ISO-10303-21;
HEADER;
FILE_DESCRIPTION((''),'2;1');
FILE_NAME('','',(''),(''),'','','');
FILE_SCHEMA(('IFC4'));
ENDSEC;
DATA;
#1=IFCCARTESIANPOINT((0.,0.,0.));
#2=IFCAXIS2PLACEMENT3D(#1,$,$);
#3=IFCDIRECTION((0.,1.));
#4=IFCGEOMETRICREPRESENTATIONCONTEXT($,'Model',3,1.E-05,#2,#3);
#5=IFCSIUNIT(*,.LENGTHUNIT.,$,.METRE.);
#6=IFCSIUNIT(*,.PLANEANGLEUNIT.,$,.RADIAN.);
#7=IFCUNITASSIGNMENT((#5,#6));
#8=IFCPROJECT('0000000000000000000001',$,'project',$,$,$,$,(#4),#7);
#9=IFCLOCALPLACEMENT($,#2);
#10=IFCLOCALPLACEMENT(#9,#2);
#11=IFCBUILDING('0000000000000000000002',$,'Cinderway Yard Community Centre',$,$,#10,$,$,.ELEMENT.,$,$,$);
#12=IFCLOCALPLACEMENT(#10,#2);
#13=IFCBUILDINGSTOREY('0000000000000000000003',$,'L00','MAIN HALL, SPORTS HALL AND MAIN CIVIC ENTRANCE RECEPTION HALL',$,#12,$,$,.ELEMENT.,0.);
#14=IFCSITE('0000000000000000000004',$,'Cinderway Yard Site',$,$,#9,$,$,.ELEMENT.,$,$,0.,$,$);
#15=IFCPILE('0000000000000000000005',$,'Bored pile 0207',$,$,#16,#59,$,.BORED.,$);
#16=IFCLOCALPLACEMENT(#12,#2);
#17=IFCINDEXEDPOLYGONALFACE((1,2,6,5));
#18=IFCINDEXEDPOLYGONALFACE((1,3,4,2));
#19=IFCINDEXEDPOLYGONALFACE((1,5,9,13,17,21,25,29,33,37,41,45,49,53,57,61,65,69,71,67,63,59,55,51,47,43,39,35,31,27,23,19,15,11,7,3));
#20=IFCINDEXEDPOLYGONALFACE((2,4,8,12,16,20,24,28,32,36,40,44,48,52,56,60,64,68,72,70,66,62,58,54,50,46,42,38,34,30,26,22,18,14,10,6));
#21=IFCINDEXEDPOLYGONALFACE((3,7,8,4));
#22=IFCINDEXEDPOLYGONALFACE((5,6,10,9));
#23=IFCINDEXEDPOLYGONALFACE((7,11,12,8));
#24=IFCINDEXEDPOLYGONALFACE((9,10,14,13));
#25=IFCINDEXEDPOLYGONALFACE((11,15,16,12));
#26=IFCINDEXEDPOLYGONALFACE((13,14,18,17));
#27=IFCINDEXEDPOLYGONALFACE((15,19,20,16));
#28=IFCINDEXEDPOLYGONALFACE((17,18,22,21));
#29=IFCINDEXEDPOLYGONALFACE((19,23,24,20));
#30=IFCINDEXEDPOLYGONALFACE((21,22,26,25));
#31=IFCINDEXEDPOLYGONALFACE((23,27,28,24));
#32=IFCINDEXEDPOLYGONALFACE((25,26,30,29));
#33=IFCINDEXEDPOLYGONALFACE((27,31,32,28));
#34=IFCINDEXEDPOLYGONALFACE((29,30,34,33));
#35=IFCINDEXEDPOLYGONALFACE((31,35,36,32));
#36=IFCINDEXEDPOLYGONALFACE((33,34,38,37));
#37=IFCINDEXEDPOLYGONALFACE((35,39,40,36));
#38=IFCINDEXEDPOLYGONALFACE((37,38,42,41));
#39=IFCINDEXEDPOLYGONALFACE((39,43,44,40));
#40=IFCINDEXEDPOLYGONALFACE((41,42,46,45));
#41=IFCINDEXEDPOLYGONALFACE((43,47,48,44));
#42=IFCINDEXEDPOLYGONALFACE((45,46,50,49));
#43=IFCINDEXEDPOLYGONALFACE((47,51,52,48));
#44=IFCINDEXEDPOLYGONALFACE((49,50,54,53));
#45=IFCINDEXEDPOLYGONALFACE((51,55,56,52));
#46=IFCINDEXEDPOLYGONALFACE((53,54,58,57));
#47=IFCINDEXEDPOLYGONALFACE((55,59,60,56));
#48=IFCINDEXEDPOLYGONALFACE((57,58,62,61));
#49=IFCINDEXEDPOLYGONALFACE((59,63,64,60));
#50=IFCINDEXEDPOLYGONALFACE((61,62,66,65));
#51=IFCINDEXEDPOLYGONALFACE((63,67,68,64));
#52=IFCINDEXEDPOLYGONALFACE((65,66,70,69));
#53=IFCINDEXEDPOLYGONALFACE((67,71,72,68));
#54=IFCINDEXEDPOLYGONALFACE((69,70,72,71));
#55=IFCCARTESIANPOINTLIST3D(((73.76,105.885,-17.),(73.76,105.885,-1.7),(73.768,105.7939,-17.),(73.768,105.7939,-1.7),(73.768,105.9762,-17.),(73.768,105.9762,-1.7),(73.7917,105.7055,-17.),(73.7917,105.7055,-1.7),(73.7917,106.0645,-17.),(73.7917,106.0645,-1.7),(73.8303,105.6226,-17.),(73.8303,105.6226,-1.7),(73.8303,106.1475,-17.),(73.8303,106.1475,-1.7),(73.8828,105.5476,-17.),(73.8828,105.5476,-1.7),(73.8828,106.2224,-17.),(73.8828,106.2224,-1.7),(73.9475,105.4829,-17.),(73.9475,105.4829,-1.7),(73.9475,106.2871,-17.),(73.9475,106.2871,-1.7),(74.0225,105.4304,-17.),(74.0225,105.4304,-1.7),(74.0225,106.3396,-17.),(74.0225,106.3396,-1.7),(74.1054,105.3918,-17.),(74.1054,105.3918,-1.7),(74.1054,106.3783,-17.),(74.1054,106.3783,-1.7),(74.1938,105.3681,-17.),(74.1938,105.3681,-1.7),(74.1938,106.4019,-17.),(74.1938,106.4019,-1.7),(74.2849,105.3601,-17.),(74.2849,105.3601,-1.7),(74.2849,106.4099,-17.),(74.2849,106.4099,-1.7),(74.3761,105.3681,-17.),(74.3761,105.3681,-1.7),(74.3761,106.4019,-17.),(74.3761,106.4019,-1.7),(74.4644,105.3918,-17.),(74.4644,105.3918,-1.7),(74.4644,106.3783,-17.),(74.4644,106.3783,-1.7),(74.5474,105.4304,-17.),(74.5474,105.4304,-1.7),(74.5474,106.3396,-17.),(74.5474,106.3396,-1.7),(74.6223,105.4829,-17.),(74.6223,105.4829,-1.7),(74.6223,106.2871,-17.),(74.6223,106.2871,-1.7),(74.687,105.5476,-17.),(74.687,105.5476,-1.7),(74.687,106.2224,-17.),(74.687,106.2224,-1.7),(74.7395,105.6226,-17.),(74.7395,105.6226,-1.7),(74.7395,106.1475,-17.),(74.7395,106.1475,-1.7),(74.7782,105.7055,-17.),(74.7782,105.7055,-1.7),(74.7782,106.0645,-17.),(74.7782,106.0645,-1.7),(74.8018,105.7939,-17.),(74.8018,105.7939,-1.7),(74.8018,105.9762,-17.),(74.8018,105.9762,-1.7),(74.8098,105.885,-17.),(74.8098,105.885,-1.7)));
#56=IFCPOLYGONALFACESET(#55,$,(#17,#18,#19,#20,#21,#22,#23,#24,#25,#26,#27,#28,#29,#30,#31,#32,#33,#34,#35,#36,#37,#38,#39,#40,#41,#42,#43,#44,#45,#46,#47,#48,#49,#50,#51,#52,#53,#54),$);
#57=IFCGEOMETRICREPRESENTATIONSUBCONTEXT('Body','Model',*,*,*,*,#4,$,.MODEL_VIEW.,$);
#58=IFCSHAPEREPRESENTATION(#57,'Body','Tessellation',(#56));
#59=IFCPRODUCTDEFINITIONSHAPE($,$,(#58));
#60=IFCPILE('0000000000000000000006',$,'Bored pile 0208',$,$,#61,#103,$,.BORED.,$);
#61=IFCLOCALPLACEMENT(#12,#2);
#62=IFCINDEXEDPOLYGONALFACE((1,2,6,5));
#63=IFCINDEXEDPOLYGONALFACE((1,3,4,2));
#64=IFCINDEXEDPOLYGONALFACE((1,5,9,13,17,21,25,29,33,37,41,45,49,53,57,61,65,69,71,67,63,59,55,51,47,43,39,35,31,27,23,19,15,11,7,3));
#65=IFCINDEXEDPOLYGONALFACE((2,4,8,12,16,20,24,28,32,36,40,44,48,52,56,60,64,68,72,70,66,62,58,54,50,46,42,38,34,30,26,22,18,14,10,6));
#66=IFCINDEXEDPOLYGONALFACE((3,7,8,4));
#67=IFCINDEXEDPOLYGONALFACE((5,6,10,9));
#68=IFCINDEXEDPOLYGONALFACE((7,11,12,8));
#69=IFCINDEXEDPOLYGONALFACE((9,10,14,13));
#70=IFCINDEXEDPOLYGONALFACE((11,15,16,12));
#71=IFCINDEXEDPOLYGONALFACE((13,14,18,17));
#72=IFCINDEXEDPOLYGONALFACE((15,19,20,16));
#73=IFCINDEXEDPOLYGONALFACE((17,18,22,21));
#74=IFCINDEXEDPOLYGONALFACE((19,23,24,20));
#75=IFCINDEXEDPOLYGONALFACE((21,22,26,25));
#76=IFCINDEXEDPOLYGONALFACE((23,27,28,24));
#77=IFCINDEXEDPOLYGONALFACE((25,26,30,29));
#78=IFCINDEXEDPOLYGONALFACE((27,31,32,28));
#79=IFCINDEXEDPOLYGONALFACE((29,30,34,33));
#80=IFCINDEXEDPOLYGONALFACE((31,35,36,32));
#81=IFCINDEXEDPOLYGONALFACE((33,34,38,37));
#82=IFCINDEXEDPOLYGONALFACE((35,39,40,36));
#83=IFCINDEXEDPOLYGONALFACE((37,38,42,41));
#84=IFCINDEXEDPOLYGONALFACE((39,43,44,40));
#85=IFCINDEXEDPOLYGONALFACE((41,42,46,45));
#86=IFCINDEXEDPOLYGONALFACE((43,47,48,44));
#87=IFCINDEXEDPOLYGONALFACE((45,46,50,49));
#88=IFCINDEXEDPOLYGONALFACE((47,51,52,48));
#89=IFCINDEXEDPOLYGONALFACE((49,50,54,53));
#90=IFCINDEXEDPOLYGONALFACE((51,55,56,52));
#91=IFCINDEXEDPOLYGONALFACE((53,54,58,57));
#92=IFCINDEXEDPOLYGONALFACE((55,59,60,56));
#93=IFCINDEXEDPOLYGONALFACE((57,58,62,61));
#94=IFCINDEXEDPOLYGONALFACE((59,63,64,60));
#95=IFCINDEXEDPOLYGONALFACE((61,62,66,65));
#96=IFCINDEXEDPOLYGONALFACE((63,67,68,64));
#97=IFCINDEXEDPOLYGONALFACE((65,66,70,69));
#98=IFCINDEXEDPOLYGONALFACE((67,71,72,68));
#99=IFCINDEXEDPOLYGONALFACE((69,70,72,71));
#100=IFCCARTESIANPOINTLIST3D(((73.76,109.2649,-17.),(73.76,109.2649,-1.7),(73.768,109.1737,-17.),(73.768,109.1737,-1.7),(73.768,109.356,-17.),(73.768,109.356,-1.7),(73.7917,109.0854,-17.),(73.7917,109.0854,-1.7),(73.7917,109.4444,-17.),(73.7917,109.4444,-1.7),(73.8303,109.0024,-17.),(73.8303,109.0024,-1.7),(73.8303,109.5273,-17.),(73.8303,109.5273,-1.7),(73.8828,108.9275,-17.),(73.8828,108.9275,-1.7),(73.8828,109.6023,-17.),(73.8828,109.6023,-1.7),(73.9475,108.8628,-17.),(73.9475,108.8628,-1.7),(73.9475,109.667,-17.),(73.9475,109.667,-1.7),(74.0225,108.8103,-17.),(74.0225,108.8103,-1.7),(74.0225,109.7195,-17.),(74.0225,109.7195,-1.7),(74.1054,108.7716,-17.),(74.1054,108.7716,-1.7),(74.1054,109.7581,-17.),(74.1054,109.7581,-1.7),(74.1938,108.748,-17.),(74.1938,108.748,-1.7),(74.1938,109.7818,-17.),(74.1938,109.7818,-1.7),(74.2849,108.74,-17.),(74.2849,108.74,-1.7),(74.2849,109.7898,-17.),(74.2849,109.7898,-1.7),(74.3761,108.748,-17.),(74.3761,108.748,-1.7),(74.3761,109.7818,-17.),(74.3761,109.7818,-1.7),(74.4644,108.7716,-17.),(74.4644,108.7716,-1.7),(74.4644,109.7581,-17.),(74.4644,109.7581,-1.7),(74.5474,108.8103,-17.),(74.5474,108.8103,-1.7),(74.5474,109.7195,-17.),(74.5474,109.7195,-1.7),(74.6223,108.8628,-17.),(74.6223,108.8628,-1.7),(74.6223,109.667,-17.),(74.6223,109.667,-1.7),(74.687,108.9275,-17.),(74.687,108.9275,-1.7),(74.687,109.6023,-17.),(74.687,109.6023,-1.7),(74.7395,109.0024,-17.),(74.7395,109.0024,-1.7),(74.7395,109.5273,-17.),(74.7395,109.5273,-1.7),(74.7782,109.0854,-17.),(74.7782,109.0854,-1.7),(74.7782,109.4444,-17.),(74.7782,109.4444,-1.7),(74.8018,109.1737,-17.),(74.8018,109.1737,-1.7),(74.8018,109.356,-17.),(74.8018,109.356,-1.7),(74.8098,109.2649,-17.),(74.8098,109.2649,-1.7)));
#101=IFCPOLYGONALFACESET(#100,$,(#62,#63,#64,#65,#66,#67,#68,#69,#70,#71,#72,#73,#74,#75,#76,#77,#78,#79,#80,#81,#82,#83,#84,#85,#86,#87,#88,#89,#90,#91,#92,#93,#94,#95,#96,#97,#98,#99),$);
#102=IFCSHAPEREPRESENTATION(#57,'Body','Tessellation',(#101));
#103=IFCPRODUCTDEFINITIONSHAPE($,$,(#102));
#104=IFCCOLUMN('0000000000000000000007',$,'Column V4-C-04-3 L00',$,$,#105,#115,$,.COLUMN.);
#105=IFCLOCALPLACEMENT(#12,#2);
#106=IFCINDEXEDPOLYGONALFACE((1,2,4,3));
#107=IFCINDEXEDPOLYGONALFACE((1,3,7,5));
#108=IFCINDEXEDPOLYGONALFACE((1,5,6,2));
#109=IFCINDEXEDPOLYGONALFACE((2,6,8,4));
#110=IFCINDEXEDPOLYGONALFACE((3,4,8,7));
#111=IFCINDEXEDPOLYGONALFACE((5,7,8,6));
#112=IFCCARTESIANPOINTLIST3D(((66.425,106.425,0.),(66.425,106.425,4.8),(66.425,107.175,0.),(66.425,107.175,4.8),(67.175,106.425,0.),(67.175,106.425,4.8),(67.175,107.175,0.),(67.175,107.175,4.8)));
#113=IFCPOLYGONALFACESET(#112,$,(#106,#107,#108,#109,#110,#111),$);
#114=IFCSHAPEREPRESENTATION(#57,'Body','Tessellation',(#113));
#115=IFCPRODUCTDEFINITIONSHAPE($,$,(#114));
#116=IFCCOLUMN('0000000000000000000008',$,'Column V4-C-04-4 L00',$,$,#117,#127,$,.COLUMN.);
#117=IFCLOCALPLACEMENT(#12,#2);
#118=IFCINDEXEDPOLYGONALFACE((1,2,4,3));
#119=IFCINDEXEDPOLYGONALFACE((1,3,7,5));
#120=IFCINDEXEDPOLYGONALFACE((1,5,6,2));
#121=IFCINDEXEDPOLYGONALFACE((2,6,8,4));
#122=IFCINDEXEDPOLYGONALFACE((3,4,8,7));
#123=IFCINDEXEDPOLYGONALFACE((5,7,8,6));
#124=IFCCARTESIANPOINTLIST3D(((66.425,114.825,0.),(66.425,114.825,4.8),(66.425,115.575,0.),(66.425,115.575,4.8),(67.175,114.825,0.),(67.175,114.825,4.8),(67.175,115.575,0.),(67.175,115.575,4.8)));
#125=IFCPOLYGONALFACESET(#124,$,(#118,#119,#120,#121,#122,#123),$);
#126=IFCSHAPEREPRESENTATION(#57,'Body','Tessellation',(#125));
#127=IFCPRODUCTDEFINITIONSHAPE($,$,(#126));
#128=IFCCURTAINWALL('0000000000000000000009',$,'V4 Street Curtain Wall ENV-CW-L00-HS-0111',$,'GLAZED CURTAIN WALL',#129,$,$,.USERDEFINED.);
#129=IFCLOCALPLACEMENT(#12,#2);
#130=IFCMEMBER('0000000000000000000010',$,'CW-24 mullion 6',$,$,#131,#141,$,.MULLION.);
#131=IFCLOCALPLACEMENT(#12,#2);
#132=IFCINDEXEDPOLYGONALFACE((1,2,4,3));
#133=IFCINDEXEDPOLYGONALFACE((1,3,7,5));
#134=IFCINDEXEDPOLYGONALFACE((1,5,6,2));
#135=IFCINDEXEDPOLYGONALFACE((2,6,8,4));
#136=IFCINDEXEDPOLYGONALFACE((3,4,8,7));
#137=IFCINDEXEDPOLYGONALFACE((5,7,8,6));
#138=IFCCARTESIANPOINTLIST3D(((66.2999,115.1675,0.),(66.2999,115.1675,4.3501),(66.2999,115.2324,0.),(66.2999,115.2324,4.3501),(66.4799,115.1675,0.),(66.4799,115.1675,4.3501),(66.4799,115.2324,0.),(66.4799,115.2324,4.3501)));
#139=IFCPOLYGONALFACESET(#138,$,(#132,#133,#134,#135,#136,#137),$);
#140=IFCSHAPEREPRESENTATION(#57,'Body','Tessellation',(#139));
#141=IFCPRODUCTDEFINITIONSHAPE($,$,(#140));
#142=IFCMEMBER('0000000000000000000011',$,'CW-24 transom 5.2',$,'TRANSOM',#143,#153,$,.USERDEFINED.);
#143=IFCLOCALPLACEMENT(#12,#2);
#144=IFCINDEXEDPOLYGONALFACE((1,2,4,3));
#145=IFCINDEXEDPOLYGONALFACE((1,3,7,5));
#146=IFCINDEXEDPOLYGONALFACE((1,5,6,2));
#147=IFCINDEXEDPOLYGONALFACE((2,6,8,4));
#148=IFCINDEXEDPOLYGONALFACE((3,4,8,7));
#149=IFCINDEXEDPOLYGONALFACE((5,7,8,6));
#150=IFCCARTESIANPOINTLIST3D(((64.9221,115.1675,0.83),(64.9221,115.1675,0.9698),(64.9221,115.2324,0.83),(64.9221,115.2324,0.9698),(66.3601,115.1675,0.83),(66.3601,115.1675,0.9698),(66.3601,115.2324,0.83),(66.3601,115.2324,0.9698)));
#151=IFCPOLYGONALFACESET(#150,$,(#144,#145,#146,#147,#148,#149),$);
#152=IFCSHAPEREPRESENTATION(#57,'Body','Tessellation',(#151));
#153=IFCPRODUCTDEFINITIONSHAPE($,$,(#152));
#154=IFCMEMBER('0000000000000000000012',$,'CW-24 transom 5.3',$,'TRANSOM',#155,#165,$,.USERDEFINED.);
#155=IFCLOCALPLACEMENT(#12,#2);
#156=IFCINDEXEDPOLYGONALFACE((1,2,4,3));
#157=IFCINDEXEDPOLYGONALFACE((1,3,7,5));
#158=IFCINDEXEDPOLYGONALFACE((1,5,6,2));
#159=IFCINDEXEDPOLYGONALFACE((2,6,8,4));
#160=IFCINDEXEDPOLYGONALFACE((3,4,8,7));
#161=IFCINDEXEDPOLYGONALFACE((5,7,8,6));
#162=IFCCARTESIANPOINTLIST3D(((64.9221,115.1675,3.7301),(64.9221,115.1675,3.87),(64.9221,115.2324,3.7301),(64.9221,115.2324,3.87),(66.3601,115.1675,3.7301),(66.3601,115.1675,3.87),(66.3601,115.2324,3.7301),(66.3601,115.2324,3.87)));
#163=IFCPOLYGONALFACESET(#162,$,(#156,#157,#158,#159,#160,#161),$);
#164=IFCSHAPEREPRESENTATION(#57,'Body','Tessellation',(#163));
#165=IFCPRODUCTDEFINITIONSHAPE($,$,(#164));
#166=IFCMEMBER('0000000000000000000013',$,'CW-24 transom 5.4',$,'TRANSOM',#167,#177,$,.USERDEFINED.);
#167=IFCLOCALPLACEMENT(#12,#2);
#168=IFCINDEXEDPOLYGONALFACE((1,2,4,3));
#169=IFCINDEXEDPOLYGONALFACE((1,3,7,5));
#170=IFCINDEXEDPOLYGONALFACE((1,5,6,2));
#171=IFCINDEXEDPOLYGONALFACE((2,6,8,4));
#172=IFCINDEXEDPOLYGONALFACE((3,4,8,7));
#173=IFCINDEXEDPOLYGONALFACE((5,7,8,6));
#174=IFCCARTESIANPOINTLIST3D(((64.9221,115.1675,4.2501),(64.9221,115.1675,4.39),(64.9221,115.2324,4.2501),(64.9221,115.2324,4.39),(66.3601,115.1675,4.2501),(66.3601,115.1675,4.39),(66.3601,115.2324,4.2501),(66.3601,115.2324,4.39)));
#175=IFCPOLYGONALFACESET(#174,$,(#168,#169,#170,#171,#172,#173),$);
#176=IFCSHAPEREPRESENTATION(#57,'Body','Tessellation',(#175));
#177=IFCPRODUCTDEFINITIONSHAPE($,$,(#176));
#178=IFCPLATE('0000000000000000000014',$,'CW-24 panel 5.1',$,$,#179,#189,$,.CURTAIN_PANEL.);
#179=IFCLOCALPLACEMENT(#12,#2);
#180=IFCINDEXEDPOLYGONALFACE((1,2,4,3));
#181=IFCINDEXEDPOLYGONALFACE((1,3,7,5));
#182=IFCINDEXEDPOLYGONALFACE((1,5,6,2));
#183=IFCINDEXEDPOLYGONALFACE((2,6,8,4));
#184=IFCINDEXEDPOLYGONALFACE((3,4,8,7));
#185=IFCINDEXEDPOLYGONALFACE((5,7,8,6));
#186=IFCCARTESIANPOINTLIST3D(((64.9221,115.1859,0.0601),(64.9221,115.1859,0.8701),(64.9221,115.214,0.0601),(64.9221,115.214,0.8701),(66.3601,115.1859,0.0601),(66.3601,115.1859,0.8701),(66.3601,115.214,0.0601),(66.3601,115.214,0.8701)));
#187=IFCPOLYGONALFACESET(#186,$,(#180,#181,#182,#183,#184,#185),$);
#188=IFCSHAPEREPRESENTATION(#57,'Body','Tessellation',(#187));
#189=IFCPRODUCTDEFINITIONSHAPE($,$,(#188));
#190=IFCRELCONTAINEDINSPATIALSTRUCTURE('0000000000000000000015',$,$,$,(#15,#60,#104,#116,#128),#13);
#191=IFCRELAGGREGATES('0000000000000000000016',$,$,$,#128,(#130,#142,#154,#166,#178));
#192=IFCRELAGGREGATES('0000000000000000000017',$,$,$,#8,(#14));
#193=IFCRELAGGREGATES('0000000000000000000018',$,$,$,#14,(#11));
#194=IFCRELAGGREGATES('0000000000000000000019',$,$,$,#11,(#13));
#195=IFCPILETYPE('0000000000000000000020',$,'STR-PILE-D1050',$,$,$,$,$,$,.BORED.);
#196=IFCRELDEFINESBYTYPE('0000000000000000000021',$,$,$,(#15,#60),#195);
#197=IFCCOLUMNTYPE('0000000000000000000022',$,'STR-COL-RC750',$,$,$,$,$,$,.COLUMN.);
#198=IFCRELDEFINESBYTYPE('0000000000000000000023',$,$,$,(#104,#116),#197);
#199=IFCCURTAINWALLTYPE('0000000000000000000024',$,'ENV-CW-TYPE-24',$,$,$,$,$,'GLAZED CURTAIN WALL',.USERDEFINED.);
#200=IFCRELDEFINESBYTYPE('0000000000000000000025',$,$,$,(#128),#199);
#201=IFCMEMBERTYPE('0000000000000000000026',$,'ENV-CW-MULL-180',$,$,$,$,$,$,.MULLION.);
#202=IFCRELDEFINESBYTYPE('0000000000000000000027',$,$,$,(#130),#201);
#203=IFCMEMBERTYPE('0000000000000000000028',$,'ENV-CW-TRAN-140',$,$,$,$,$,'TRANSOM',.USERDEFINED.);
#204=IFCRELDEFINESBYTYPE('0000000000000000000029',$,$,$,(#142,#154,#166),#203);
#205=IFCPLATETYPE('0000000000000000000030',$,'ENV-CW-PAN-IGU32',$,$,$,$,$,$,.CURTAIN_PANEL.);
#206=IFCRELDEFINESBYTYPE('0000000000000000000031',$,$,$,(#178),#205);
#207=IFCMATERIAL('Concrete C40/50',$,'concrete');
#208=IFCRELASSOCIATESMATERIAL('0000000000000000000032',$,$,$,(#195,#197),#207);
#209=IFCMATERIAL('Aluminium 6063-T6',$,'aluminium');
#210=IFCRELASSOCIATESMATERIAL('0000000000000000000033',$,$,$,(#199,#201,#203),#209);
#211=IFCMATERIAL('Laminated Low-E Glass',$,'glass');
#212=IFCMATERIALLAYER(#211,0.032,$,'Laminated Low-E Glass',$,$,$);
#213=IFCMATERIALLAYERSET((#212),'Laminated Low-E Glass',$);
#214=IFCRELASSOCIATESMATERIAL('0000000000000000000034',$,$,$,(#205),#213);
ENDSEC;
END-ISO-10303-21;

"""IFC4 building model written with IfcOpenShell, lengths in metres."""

from ifc_helpers import new_model, si_unit, direction, frame, origin, origin_2d, place, context, subcontext, project, spatial, rectangle, circle, extrude, material, layer, layer_set, material_profile, profile_set, type_object, element, aggregate, save


model = new_model("IFC4")

# Units and contexts
model_context = context("Model", 3, precision=1e-05, world=origin(), true_north=direction((0.0, 1.0)))
body_context = subcontext(model_context, "Body", "Model", "MODEL_VIEW")
ifc_project = project(units=[si_unit("LENGTHUNIT", "METRE"), si_unit("PLANEANGLEUNIT", "RADIAN")], contexts=[model_context])

# Site, building, storey
site_placement = place(None, origin())
site = spatial("IfcSite", under=ifc_project, at=site_placement, Name="Cinderway Yard Site", CompositionType="ELEMENT", RefElevation=0.0)
building_placement = place(site_placement, origin())
building = spatial("IfcBuilding", under=site, at=building_placement, Name="Cinderway Yard Community Centre", CompositionType="ELEMENT")
storey_placement = place(building_placement, origin())
storey = spatial("IfcBuildingStorey", under=building, at=storey_placement, Name="L00", Description="MAIN HALL, SPORTS HALL AND MAIN CIVIC ENTRANCE RECEPTION HALL", CompositionType="ELEMENT", Elevation=0.0)

# Shared definitions
ifc_material_1 = material(Name="Concrete C40/50", Category="concrete")

# Piles
ifc_material_profile_1 = material_profile(ifc_material_1, circle(Radius=0.5249, at=origin_2d()), Name="Concrete C40/50")
ifc_profile_set_1 = profile_set([ifc_material_profile_1], Name="Concrete C40/50")
pile_type = type_object("IfcPileType", Name="STR-PILE-D1050", PredefinedType="BORED", material=ifc_profile_set_1)
for number, where, z_axis, x_axis, name in (
    (1, (74.2849, 105.885, -1.7), (0.0, 0.0, -1.0), (1.0, 0.0, 0.0), "Bored pile 0207"),
    (2, (74.2849, 109.2649, -1.7), (0.0, 0.0, -1.0), (1.0, 0.0, 0.0), "Bored pile 0208"),
):
    element("IfcPile", number, at=place(storey_placement, frame(where, z_axis=z_axis, x_axis=x_axis)), inside=storey, type_object=pile_type, Name=name, PredefinedType="BORED", context=body_context, shape_type="SweptSolid", body=[
        extrude(circle(Radius=0.5249, at=origin_2d()), origin(), (0.0, 0.0, 1.0), 15.3),
    ])

# Columns
ifc_material_profile_2 = material_profile(ifc_material_1, rectangle(XDim=0.75, YDim=0.75, at=origin_2d()), Name="Concrete C40/50")
ifc_profile_set_2 = profile_set([ifc_material_profile_2], Name="Concrete C40/50")
column_type = type_object("IfcColumnType", Name="STR-COL-RC750", PredefinedType="COLUMN", material=ifc_profile_set_2)
for number, where, z_axis, x_axis, name in (
    (3, (66.8, 106.8, 0.0), (0.0, 0.0, 1.0), (1.0, 0.0, 0.0), "Column V4-C-04-3 L00"),
    (4, (66.8, 115.2, 0.0), (0.0, 0.0, 1.0), (1.0, 0.0, 0.0), "Column V4-C-04-4 L00"),
):
    element("IfcColumn", number, at=place(storey_placement, frame(where, z_axis=z_axis, x_axis=x_axis)), inside=storey, type_object=column_type, Name=name, PredefinedType="COLUMN", context=body_context, shape_type="SweptSolid", body=[
        extrude(rectangle(XDim=0.75, YDim=0.75, at=origin_2d()), origin(), (0.0, 0.0, 1.0), 4.8),
    ])

# Curtain wall, members, plate
ifc_material_2 = material(Name="Aluminium 6063-T6", Category="aluminium")
curtain_wall_type = type_object("IfcCurtainWallType", Name="ENV-CW-TYPE-24", ElementType="GLAZED CURTAIN WALL", PredefinedType="USERDEFINED", material=ifc_material_2)
curtain_wall_placement = place(storey_placement, origin())
curtain_wall = element("IfcCurtainWall", 5, at=curtain_wall_placement, inside=storey, type_object=curtain_wall_type, Name="V4 Street Curtain Wall ENV-CW-L00-HS-0111", ObjectType="GLAZED CURTAIN WALL", PredefinedType="USERDEFINED")
ifc_material_profile_3 = material_profile(ifc_material_2, rectangle(XDim=0.0649, YDim=0.1799, at=origin_2d()), Name="Aluminium 6063-T6")
ifc_profile_set_3 = profile_set([ifc_material_profile_3], Name="Aluminium 6063-T6")
member_type_1 = type_object("IfcMemberType", Name="ENV-CW-MULL-180", PredefinedType="MULLION", material=ifc_profile_set_3)
member_1_placement = place(storey_placement, frame((66.3899, 115.2, 0.0), z_axis=(0.0, 0.0, 1.0), x_axis=(0.0, 1.0, 0.0)))
member_1 = element("IfcMember", 6, at=member_1_placement, type_object=member_type_1, Name="CW-24 mullion 6", PredefinedType="MULLION", context=body_context, shape_type="SweptSolid", body=[
    extrude(rectangle(XDim=0.0649, YDim=0.1799, at=origin_2d()), origin(), (0.0, 0.0, 1.0), 4.3501),
])
ifc_material_profile_4 = material_profile(ifc_material_2, rectangle(XDim=0.0649, YDim=0.1399, at=origin_2d()), Name="Aluminium 6063-T6")
ifc_profile_set_4 = profile_set([ifc_material_profile_4], Name="Aluminium 6063-T6")
member_type_2 = type_object("IfcMemberType", Name="ENV-CW-TRAN-140", ElementType="TRANSOM", PredefinedType="USERDEFINED", material=ifc_profile_set_4)
member_2_placement = place(storey_placement, frame((64.9221, 115.2, 0.8999), z_axis=(1.0, 0.0, 0.0), x_axis=(0.0, 1.0, 0.0)))
member_2 = element("IfcMember", 7, at=member_2_placement, type_object=member_type_2, Name="CW-24 transom 5.2", ObjectType="TRANSOM", PredefinedType="USERDEFINED", context=body_context, shape_type="SweptSolid", body=[
    extrude(rectangle(XDim=0.0649, YDim=0.1399, at=origin_2d()), origin(), (0.0, 0.0, 1.0), 1.438),
])
member_3_placement = place(storey_placement, frame((64.9221, 115.2, 3.8), z_axis=(1.0, 0.0, 0.0), x_axis=(0.0, 1.0, 0.0)))
member_3 = element("IfcMember", 8, at=member_3_placement, type_object=member_type_2, Name="CW-24 transom 5.3", ObjectType="TRANSOM", PredefinedType="USERDEFINED", context=body_context, shape_type="SweptSolid", body=[
    extrude(rectangle(XDim=0.0649, YDim=0.1399, at=origin_2d()), origin(), (0.0, 0.0, 1.0), 1.438),
])
member_4_placement = place(storey_placement, frame((64.9221, 115.2, 4.3201), z_axis=(1.0, 0.0, 0.0), x_axis=(0.0, 1.0, 0.0)))
member_4 = element("IfcMember", 9, at=member_4_placement, type_object=member_type_2, Name="CW-24 transom 5.4", ObjectType="TRANSOM", PredefinedType="USERDEFINED", context=body_context, shape_type="SweptSolid", body=[
    extrude(rectangle(XDim=0.0649, YDim=0.1399, at=origin_2d()), origin(), (0.0, 0.0, 1.0), 1.438),
])
ifc_material_3 = material(Name="Laminated Low-E Glass", Category="glass")
ifc_layer_1 = layer(ifc_material_3, 0.032, Name="Laminated Low-E Glass")
ifc_layer_set_1 = layer_set([ifc_layer_1], Name="Laminated Low-E Glass")
plate_type = type_object("IfcPlateType", Name="ENV-CW-PAN-IGU32", PredefinedType="CURTAIN_PANEL", material=ifc_layer_set_1)
plate_1_placement = place(storey_placement, frame((65.6411, 115.2, 0.0601), z_axis=(0.0, 0.0, 1.0), x_axis=(1.0, 0.0, 0.0)))
plate_1 = element("IfcPlate", 10, at=plate_1_placement, type_object=plate_type, Name="CW-24 panel 5.1", PredefinedType="CURTAIN_PANEL", context=body_context, shape_type="SweptSolid", body=[
    extrude(rectangle(XDim=1.438, YDim=0.0281, at=origin_2d()), origin(), (0.0, 0.0, 1.0), 0.8101),
])
aggregate(curtain_wall, [member_1, member_2, member_3, member_4, plate_1])

save(model, "model.ifc")
